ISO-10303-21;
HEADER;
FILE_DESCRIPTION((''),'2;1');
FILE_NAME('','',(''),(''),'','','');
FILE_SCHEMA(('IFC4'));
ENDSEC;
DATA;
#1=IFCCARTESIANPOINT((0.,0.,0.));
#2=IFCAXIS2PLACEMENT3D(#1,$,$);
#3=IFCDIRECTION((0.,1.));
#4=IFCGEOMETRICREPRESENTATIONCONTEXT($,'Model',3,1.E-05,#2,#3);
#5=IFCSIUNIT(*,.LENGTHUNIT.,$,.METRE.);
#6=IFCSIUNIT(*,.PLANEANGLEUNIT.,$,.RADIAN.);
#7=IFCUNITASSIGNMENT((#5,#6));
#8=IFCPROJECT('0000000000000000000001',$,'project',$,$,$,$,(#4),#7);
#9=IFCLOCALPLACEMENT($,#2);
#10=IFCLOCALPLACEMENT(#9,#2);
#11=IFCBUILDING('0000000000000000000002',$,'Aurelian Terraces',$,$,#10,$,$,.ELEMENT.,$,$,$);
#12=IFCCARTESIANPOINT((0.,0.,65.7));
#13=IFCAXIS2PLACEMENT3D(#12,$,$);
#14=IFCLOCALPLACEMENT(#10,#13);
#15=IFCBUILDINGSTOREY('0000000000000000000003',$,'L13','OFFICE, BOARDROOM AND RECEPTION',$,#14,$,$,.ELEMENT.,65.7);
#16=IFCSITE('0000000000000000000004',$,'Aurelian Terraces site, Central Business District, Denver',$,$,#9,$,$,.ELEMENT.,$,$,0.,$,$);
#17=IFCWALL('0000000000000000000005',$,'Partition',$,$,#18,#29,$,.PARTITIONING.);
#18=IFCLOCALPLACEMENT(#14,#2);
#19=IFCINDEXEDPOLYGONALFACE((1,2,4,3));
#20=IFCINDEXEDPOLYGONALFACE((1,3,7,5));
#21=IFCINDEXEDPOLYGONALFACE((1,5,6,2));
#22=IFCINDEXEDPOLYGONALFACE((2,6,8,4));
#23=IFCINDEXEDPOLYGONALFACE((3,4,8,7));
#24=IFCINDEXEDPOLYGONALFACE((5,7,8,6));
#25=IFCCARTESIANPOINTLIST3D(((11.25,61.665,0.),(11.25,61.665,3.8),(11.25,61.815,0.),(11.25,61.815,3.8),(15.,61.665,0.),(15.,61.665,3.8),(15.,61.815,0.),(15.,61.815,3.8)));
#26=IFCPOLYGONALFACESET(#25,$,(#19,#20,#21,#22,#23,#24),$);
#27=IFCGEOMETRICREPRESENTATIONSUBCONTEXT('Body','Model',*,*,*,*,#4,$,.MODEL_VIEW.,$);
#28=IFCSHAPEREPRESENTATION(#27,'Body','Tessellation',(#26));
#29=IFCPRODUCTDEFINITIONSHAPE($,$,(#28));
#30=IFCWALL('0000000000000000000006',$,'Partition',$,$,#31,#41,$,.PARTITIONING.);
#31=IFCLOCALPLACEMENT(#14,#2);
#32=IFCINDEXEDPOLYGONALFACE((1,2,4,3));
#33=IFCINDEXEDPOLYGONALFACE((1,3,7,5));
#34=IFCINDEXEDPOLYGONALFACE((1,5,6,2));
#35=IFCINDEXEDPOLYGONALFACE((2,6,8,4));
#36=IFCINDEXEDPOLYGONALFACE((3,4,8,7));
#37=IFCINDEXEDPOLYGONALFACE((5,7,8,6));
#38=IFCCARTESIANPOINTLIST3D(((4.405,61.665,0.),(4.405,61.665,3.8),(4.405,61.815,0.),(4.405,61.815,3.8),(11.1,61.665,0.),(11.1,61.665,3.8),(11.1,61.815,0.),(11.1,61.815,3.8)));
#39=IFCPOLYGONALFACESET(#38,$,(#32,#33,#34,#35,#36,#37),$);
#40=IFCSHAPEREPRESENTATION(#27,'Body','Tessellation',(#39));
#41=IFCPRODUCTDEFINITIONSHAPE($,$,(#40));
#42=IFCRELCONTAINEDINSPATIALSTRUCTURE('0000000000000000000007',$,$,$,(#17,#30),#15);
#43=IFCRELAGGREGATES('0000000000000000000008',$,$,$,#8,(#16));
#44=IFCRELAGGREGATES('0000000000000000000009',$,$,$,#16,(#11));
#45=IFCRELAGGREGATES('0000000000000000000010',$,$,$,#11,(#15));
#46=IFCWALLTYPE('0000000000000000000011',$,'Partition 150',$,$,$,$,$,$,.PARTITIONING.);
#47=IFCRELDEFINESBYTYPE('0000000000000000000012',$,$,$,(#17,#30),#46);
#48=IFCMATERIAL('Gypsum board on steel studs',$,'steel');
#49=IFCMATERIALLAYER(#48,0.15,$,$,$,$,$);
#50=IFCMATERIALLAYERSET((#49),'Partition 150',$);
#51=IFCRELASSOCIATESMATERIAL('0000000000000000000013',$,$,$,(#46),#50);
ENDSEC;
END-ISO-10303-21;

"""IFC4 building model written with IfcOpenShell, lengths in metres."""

from ifc_helpers import new_model, si_unit, direction, frame, frame_2d, origin, place, context, subcontext, project, spatial, rectangle, extrude, source, transform, mapped, material, layer, layer_set, type_object, element, save


model = new_model("IFC4")

# Units and contexts
model_context = context("Model", 3, precision=1e-05, world=origin(), true_north=direction((0.0, 1.0)))
body_context = subcontext(model_context, "Body", "Model", "MODEL_VIEW")
ifc_project = project(units=[si_unit("LENGTHUNIT", "METRE"), si_unit("PLANEANGLEUNIT", "RADIAN")], contexts=[model_context])

# Site, building, storey
site_placement = place(None, origin())
site = spatial("IfcSite", under=ifc_project, at=site_placement, Name="Aurelian Terraces site, Central Business District, Denver", CompositionType="ELEMENT", RefElevation=0.0)
building_placement = place(site_placement, origin())
building = spatial("IfcBuilding", under=site, at=building_placement, Name="Aurelian Terraces", CompositionType="ELEMENT")
storey_placement = place(building_placement, frame((0.0, 0.0, 65.7)))
storey = spatial("IfcBuildingStorey", under=building, at=storey_placement, Name="L13", Description="OFFICE, BOARDROOM AND RECEPTION", CompositionType="ELEMENT", Elevation=65.7)

# Walls
ifc_material_1 = material(Name="Gypsum board on steel studs", Category="steel")
ifc_layer_1 = layer(ifc_material_1, 0.15)
ifc_layer_set_1 = layer_set([ifc_layer_1], Name="Partition 150")
wall_type_1 = type_object("IfcWallType", Name="Partition 150", PredefinedType="PARTITIONING", material=ifc_layer_set_1)
shared_shape_1 = source(origin(), body_context, "Body", "SweptSolid", [
    extrude(rectangle(XDim=3.75, YDim=0.15, at=frame_2d((1.875, 0.0))), origin(), (0.0, 0.0, 1.0), 3.8),
])
wall_1_placement = place(storey_placement, frame((15.0, 61.74, 0.0), z_axis=(0.0, 0.0, 1.0), x_axis=(-1.0, 0.0, 0.0)))
element("IfcWall", 1, at=wall_1_placement, inside=storey, type_object=wall_type_1, Name="Partition", PredefinedType="PARTITIONING", context=body_context, shape_type="MappedRepresentation", body=[
    mapped(shared_shape_1, transform((0.0, 0.0, 0.0), scale=1.0)),
])
shared_shape_2 = source(origin(), body_context, "Body", "SweptSolid", [
    extrude(rectangle(XDim=6.695, YDim=0.15, at=frame_2d((3.3475, 0.0))), origin(), (0.0, 0.0, 1.0), 3.8),
])
wall_2_placement = place(storey_placement, frame((11.1, 61.74, 0.0), z_axis=(0.0, 0.0, 1.0), x_axis=(-1.0, 0.0, 0.0)))
element("IfcWall", 2, at=wall_2_placement, inside=storey, type_object=wall_type_1, Name="Partition", PredefinedType="PARTITIONING", context=body_context, shape_type="MappedRepresentation", body=[
    mapped(shared_shape_2, transform((0.0, 0.0, 0.0), scale=1.0)),
])

save(model, "model.ifc")
